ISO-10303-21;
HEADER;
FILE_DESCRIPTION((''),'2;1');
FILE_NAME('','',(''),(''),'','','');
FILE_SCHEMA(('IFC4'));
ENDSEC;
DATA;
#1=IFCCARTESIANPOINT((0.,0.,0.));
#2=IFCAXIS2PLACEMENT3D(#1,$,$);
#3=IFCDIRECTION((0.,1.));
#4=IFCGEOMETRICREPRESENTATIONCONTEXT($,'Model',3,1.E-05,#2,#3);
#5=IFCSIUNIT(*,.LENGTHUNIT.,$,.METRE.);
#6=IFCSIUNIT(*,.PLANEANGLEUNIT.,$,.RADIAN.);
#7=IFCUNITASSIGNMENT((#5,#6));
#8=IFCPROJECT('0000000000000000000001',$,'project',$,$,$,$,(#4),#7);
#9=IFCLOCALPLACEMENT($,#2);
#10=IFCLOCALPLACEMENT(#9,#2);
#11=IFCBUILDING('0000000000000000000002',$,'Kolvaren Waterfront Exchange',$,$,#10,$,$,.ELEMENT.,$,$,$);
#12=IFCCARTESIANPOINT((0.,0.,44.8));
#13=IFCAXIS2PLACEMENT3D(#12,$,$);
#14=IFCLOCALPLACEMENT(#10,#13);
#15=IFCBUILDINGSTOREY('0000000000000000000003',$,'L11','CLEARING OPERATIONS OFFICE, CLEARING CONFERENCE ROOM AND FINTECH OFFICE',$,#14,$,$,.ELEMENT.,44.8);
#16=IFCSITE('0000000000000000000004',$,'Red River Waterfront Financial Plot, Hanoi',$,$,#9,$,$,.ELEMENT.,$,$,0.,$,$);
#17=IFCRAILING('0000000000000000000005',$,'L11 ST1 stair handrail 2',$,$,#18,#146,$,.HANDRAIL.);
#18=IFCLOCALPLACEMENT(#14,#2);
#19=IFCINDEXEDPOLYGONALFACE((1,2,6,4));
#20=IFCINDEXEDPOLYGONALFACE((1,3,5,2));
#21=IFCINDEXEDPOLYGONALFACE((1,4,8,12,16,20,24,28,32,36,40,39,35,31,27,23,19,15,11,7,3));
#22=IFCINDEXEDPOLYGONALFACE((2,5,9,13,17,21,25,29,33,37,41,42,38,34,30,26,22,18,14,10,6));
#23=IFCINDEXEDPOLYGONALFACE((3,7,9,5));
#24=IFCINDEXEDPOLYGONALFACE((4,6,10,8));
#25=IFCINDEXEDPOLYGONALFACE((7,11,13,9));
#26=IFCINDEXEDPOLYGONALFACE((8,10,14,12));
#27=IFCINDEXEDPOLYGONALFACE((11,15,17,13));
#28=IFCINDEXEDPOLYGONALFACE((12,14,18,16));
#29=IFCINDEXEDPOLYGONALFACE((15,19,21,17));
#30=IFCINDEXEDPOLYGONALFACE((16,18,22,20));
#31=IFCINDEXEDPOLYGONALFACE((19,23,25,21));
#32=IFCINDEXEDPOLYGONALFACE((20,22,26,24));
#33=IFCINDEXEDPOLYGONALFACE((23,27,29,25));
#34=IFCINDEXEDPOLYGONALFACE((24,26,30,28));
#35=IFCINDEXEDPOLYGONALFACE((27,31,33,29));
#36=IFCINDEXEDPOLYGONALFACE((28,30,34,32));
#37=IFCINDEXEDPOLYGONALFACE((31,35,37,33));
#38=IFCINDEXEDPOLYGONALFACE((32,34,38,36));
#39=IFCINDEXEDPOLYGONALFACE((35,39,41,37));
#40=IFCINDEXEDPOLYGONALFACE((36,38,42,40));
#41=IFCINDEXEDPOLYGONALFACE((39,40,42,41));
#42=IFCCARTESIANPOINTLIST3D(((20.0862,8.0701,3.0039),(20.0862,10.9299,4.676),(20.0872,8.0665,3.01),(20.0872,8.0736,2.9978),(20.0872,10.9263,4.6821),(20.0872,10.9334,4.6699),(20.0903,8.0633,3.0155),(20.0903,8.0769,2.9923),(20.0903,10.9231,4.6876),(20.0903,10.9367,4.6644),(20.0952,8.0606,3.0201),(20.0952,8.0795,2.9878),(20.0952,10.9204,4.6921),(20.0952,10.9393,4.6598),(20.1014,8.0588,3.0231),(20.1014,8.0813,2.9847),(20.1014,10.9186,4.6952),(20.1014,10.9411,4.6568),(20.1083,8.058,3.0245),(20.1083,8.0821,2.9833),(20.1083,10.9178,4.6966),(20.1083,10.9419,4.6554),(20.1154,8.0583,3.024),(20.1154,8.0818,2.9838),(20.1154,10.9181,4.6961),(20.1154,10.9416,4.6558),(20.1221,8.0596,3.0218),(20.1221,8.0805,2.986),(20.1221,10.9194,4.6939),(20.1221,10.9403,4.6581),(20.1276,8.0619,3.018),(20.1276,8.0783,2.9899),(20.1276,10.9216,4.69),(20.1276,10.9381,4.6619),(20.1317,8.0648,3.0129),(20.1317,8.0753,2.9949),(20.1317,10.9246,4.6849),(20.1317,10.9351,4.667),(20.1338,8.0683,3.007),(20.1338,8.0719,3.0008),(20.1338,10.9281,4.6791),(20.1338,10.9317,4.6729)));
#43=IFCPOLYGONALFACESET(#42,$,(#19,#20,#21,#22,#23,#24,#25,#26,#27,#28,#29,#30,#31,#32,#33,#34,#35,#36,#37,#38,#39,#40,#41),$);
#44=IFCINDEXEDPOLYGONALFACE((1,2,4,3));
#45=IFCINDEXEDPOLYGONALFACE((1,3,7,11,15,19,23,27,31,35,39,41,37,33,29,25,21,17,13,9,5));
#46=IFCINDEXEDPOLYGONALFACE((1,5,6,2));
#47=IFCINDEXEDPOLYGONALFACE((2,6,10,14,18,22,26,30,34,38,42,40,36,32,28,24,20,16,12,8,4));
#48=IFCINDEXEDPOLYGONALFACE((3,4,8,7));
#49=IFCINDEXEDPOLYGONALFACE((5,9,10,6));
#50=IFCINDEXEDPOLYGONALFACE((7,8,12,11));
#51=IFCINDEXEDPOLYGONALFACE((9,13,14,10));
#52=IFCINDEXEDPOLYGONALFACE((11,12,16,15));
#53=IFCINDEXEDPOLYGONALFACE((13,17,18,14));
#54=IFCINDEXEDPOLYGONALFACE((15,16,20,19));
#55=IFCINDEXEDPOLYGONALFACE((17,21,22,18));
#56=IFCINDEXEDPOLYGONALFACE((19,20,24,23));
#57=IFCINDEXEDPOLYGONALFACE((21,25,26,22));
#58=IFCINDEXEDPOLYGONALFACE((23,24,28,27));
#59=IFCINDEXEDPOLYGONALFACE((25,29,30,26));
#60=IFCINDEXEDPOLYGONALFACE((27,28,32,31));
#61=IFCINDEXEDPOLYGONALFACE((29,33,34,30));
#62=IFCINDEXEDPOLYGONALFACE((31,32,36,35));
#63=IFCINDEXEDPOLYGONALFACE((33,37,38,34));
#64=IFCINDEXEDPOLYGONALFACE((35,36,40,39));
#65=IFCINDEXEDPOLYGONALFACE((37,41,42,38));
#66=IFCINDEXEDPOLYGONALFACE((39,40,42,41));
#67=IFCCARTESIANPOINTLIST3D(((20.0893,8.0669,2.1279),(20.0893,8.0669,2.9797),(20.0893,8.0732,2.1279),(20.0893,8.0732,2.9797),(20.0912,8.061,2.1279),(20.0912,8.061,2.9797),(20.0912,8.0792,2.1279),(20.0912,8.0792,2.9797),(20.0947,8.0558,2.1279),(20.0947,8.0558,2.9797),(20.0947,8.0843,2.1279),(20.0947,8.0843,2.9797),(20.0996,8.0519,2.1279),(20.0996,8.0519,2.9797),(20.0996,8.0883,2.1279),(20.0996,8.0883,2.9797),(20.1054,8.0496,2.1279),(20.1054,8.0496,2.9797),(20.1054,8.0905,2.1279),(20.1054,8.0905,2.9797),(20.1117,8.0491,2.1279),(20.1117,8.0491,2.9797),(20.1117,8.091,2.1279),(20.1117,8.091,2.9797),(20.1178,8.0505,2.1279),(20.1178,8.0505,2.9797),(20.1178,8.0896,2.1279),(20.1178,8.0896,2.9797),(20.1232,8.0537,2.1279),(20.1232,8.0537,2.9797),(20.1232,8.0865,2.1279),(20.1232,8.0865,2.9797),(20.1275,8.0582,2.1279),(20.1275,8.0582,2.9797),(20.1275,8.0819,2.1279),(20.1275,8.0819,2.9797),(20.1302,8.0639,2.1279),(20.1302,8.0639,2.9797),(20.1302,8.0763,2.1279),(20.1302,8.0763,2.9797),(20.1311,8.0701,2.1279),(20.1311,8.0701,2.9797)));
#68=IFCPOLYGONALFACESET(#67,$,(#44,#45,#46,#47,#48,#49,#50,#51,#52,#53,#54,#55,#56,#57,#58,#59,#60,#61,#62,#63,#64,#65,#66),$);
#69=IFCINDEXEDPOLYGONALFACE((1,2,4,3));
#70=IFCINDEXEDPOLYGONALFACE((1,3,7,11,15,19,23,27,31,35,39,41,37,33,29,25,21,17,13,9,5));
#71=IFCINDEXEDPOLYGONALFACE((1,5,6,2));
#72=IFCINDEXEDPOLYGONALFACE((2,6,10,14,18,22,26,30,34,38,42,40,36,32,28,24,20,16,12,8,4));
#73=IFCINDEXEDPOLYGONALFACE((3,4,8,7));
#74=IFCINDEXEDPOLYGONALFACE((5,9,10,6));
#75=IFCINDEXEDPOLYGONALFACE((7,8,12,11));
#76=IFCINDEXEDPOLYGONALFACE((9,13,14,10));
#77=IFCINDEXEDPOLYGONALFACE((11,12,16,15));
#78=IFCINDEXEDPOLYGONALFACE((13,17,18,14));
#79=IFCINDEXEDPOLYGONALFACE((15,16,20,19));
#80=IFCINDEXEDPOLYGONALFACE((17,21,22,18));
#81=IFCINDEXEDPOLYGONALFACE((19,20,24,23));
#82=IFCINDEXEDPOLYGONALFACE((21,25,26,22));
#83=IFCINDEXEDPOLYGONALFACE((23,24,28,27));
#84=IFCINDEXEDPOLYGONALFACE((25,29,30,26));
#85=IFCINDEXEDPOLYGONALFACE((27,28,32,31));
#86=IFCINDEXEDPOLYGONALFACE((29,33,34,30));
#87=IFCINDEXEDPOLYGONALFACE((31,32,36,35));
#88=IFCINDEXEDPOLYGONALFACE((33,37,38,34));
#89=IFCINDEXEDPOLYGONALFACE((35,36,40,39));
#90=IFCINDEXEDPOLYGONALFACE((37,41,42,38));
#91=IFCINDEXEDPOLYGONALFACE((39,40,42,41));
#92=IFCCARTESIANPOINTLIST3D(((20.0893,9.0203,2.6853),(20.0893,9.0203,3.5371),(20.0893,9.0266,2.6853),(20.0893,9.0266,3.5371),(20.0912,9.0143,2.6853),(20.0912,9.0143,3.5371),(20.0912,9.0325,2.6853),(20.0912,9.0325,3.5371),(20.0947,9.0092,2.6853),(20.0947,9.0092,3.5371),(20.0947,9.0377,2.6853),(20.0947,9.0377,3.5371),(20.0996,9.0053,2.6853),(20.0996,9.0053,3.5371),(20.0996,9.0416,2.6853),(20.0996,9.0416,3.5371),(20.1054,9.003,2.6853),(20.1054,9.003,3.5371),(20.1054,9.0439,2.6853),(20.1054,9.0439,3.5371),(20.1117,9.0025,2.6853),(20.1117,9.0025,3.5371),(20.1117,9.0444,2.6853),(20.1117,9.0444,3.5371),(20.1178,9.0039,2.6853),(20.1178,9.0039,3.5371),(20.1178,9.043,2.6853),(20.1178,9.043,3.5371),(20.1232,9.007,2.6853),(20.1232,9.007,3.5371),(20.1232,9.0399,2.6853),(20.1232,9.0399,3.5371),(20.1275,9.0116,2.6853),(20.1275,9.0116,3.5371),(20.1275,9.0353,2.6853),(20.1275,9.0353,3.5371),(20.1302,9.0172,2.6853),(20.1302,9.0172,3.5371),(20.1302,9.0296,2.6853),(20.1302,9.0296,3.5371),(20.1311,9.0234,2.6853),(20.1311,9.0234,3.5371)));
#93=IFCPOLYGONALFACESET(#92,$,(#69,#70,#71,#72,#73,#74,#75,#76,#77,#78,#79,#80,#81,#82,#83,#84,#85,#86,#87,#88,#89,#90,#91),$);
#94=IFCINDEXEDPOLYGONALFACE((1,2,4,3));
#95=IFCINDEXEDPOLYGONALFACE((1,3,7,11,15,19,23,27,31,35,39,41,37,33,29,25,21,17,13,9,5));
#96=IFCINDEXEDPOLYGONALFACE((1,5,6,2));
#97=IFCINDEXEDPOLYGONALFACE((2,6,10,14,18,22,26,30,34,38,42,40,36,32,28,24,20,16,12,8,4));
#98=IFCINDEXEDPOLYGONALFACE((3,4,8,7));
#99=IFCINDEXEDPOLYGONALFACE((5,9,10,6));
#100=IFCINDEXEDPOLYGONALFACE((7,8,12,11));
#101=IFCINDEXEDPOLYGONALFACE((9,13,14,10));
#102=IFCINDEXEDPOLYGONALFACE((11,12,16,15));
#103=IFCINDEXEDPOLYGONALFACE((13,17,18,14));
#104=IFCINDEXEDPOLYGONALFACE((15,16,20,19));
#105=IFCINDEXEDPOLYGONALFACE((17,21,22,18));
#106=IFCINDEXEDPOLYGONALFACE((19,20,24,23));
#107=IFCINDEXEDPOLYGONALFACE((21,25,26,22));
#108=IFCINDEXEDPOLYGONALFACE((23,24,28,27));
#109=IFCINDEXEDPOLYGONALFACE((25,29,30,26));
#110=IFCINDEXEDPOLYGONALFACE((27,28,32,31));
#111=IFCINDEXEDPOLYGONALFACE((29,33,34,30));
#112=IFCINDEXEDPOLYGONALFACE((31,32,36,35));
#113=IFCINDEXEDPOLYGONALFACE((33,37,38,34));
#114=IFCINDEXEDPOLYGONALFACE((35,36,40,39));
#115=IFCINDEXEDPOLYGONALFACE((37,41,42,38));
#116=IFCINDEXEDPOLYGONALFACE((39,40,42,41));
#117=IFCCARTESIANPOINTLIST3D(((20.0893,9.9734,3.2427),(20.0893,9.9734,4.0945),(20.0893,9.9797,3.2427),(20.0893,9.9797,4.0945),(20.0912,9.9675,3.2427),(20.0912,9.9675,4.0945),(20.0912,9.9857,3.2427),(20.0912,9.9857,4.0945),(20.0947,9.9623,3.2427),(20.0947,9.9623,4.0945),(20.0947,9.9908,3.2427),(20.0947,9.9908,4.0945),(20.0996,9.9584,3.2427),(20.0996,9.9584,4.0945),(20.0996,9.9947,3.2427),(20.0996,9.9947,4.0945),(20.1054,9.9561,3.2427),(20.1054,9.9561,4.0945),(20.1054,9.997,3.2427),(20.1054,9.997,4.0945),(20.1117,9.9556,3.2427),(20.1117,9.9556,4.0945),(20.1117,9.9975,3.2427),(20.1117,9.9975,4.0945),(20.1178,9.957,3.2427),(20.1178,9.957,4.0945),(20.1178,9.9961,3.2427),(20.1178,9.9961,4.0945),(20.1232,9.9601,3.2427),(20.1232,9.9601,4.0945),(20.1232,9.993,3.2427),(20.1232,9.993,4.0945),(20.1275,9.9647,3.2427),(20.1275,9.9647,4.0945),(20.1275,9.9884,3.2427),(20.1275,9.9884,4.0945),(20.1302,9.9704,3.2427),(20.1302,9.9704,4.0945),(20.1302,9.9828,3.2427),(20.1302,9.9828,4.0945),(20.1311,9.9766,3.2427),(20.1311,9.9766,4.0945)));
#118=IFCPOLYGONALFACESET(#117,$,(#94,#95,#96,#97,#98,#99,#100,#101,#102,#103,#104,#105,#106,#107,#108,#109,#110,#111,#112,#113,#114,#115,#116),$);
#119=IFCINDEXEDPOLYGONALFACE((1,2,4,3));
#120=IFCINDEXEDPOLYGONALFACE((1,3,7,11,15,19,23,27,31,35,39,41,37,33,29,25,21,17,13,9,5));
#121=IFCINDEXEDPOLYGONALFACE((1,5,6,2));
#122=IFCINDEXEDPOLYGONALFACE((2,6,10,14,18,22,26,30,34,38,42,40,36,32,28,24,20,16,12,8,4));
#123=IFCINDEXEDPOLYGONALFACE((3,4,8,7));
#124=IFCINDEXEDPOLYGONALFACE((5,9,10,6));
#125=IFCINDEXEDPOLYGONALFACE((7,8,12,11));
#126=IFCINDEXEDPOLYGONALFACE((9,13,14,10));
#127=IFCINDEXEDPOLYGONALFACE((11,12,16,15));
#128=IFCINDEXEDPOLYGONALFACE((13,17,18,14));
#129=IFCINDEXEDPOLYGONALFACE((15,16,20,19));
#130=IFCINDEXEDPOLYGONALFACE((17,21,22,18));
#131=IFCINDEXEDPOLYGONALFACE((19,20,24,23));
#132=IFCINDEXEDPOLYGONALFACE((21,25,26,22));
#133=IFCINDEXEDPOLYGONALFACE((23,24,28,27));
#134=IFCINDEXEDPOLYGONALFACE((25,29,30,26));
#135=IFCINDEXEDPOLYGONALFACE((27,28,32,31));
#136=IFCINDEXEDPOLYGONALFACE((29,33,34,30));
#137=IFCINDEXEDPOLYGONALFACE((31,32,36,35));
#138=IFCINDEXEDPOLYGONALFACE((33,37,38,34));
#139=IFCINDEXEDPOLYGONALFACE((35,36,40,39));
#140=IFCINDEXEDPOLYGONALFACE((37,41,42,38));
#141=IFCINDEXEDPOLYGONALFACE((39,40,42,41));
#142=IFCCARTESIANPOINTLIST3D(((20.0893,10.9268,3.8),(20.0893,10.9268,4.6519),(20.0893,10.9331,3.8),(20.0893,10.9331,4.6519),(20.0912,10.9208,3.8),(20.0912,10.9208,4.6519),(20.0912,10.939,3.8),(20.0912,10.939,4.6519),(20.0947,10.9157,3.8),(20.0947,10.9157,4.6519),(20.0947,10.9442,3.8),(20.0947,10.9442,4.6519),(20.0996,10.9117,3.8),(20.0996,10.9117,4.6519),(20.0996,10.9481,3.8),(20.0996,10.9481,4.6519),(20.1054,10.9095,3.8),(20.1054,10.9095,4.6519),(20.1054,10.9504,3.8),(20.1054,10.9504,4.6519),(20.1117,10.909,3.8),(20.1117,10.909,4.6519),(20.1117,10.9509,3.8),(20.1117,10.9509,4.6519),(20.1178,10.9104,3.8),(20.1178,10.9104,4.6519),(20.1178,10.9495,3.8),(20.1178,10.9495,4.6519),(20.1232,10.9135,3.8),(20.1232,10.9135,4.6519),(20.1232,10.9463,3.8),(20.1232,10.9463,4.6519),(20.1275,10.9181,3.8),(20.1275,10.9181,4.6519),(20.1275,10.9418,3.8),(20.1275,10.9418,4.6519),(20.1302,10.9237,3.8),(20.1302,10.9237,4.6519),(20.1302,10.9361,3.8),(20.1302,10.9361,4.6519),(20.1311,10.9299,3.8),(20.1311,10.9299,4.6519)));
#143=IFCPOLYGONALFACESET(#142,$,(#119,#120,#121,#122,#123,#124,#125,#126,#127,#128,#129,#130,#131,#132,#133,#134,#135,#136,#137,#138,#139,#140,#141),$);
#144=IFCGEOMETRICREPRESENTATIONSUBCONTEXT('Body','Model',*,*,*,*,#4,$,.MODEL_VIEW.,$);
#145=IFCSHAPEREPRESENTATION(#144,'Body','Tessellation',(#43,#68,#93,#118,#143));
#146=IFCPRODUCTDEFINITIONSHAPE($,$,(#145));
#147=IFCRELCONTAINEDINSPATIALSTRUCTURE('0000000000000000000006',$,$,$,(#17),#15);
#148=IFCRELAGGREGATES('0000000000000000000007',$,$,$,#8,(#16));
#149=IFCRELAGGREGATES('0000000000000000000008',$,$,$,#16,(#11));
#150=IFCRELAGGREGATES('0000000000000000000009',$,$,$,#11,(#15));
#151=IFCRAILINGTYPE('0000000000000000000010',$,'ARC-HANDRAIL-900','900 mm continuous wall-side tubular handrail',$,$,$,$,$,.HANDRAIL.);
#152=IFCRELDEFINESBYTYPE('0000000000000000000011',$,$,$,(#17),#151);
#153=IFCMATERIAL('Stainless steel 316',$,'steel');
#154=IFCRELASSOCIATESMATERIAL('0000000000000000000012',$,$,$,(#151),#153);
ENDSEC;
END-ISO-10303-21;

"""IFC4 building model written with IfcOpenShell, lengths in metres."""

from ifc_helpers import new_model, si_unit, direction, frame, origin, origin_2d, place, context, subcontext, project, spatial, circle, extrude, material, type_object, element, save


model = new_model("IFC4")

# Units and contexts
model_context = context("Model", 3, precision=1e-05, world=origin(), true_north=direction((0.0, 1.0)))
body_context = subcontext(model_context, "Body", "Model", "MODEL_VIEW")
ifc_project = project(units=[si_unit("LENGTHUNIT", "METRE"), si_unit("PLANEANGLEUNIT", "RADIAN")], contexts=[model_context])

# Site, building, storey
site_placement = place(None, origin())
site = spatial("IfcSite", under=ifc_project, at=site_placement, Name="Red River Waterfront Financial Plot, Hanoi", CompositionType="ELEMENT", RefElevation=0.0)
building_placement = place(site_placement, origin())
building = spatial("IfcBuilding", under=site, at=building_placement, Name="Kolvaren Waterfront Exchange", CompositionType="ELEMENT")
storey_placement = place(building_placement, frame((0.0, 0.0, 44.8)))
storey = spatial("IfcBuildingStorey", under=building, at=storey_placement, Name="L11", Description="CLEARING OPERATIONS OFFICE, CLEARING CONFERENCE ROOM AND FINTECH OFFICE", CompositionType="ELEMENT", Elevation=44.8)

# Railing
ifc_material_1 = material(Name="Stainless steel 316", Category="steel")
railing_type_1 = type_object("IfcRailingType", Name="ARC-HANDRAIL-900", Description="900 mm continuous wall-side tubular handrail", PredefinedType="HANDRAIL", material=ifc_material_1)
railing_1_placement = place(storey_placement, frame((20.1101, 8.0701, 2.1279)))
element("IfcRailing", 1, at=railing_1_placement, inside=storey, type_object=railing_type_1, Name="L11 ST1 stair handrail 2", PredefinedType="HANDRAIL", context=body_context, shape_type="SweptSolid", body=[
    extrude(circle(Radius=0.0239, at=origin_2d()), frame((0.0, 0.0, 0.876), z_axis=(0.0, 0.863271, 0.504741), x_axis=(-1.0, 0.0, 0.0)), (0.0, 0.0, 1.0), 3.3127),
    extrude(circle(Radius=0.021, at=origin_2d()), origin(), (0.0, 0.0, 1.0), 0.8518),
    extrude(circle(Radius=0.021, at=origin_2d()), frame((0.0, 0.9534, 0.5574)), (0.0, 0.0, 1.0), 0.8518),
    extrude(circle(Radius=0.021, at=origin_2d()), frame((0.0, 1.9065, 1.1147)), (0.0, 0.0, 1.0), 0.8518),
    extrude(circle(Radius=0.021, at=origin_2d()), frame((0.0, 2.8599, 1.6721)), (0.0, 0.0, 1.0), 0.8518),
])

save(model, "model.ifc")
